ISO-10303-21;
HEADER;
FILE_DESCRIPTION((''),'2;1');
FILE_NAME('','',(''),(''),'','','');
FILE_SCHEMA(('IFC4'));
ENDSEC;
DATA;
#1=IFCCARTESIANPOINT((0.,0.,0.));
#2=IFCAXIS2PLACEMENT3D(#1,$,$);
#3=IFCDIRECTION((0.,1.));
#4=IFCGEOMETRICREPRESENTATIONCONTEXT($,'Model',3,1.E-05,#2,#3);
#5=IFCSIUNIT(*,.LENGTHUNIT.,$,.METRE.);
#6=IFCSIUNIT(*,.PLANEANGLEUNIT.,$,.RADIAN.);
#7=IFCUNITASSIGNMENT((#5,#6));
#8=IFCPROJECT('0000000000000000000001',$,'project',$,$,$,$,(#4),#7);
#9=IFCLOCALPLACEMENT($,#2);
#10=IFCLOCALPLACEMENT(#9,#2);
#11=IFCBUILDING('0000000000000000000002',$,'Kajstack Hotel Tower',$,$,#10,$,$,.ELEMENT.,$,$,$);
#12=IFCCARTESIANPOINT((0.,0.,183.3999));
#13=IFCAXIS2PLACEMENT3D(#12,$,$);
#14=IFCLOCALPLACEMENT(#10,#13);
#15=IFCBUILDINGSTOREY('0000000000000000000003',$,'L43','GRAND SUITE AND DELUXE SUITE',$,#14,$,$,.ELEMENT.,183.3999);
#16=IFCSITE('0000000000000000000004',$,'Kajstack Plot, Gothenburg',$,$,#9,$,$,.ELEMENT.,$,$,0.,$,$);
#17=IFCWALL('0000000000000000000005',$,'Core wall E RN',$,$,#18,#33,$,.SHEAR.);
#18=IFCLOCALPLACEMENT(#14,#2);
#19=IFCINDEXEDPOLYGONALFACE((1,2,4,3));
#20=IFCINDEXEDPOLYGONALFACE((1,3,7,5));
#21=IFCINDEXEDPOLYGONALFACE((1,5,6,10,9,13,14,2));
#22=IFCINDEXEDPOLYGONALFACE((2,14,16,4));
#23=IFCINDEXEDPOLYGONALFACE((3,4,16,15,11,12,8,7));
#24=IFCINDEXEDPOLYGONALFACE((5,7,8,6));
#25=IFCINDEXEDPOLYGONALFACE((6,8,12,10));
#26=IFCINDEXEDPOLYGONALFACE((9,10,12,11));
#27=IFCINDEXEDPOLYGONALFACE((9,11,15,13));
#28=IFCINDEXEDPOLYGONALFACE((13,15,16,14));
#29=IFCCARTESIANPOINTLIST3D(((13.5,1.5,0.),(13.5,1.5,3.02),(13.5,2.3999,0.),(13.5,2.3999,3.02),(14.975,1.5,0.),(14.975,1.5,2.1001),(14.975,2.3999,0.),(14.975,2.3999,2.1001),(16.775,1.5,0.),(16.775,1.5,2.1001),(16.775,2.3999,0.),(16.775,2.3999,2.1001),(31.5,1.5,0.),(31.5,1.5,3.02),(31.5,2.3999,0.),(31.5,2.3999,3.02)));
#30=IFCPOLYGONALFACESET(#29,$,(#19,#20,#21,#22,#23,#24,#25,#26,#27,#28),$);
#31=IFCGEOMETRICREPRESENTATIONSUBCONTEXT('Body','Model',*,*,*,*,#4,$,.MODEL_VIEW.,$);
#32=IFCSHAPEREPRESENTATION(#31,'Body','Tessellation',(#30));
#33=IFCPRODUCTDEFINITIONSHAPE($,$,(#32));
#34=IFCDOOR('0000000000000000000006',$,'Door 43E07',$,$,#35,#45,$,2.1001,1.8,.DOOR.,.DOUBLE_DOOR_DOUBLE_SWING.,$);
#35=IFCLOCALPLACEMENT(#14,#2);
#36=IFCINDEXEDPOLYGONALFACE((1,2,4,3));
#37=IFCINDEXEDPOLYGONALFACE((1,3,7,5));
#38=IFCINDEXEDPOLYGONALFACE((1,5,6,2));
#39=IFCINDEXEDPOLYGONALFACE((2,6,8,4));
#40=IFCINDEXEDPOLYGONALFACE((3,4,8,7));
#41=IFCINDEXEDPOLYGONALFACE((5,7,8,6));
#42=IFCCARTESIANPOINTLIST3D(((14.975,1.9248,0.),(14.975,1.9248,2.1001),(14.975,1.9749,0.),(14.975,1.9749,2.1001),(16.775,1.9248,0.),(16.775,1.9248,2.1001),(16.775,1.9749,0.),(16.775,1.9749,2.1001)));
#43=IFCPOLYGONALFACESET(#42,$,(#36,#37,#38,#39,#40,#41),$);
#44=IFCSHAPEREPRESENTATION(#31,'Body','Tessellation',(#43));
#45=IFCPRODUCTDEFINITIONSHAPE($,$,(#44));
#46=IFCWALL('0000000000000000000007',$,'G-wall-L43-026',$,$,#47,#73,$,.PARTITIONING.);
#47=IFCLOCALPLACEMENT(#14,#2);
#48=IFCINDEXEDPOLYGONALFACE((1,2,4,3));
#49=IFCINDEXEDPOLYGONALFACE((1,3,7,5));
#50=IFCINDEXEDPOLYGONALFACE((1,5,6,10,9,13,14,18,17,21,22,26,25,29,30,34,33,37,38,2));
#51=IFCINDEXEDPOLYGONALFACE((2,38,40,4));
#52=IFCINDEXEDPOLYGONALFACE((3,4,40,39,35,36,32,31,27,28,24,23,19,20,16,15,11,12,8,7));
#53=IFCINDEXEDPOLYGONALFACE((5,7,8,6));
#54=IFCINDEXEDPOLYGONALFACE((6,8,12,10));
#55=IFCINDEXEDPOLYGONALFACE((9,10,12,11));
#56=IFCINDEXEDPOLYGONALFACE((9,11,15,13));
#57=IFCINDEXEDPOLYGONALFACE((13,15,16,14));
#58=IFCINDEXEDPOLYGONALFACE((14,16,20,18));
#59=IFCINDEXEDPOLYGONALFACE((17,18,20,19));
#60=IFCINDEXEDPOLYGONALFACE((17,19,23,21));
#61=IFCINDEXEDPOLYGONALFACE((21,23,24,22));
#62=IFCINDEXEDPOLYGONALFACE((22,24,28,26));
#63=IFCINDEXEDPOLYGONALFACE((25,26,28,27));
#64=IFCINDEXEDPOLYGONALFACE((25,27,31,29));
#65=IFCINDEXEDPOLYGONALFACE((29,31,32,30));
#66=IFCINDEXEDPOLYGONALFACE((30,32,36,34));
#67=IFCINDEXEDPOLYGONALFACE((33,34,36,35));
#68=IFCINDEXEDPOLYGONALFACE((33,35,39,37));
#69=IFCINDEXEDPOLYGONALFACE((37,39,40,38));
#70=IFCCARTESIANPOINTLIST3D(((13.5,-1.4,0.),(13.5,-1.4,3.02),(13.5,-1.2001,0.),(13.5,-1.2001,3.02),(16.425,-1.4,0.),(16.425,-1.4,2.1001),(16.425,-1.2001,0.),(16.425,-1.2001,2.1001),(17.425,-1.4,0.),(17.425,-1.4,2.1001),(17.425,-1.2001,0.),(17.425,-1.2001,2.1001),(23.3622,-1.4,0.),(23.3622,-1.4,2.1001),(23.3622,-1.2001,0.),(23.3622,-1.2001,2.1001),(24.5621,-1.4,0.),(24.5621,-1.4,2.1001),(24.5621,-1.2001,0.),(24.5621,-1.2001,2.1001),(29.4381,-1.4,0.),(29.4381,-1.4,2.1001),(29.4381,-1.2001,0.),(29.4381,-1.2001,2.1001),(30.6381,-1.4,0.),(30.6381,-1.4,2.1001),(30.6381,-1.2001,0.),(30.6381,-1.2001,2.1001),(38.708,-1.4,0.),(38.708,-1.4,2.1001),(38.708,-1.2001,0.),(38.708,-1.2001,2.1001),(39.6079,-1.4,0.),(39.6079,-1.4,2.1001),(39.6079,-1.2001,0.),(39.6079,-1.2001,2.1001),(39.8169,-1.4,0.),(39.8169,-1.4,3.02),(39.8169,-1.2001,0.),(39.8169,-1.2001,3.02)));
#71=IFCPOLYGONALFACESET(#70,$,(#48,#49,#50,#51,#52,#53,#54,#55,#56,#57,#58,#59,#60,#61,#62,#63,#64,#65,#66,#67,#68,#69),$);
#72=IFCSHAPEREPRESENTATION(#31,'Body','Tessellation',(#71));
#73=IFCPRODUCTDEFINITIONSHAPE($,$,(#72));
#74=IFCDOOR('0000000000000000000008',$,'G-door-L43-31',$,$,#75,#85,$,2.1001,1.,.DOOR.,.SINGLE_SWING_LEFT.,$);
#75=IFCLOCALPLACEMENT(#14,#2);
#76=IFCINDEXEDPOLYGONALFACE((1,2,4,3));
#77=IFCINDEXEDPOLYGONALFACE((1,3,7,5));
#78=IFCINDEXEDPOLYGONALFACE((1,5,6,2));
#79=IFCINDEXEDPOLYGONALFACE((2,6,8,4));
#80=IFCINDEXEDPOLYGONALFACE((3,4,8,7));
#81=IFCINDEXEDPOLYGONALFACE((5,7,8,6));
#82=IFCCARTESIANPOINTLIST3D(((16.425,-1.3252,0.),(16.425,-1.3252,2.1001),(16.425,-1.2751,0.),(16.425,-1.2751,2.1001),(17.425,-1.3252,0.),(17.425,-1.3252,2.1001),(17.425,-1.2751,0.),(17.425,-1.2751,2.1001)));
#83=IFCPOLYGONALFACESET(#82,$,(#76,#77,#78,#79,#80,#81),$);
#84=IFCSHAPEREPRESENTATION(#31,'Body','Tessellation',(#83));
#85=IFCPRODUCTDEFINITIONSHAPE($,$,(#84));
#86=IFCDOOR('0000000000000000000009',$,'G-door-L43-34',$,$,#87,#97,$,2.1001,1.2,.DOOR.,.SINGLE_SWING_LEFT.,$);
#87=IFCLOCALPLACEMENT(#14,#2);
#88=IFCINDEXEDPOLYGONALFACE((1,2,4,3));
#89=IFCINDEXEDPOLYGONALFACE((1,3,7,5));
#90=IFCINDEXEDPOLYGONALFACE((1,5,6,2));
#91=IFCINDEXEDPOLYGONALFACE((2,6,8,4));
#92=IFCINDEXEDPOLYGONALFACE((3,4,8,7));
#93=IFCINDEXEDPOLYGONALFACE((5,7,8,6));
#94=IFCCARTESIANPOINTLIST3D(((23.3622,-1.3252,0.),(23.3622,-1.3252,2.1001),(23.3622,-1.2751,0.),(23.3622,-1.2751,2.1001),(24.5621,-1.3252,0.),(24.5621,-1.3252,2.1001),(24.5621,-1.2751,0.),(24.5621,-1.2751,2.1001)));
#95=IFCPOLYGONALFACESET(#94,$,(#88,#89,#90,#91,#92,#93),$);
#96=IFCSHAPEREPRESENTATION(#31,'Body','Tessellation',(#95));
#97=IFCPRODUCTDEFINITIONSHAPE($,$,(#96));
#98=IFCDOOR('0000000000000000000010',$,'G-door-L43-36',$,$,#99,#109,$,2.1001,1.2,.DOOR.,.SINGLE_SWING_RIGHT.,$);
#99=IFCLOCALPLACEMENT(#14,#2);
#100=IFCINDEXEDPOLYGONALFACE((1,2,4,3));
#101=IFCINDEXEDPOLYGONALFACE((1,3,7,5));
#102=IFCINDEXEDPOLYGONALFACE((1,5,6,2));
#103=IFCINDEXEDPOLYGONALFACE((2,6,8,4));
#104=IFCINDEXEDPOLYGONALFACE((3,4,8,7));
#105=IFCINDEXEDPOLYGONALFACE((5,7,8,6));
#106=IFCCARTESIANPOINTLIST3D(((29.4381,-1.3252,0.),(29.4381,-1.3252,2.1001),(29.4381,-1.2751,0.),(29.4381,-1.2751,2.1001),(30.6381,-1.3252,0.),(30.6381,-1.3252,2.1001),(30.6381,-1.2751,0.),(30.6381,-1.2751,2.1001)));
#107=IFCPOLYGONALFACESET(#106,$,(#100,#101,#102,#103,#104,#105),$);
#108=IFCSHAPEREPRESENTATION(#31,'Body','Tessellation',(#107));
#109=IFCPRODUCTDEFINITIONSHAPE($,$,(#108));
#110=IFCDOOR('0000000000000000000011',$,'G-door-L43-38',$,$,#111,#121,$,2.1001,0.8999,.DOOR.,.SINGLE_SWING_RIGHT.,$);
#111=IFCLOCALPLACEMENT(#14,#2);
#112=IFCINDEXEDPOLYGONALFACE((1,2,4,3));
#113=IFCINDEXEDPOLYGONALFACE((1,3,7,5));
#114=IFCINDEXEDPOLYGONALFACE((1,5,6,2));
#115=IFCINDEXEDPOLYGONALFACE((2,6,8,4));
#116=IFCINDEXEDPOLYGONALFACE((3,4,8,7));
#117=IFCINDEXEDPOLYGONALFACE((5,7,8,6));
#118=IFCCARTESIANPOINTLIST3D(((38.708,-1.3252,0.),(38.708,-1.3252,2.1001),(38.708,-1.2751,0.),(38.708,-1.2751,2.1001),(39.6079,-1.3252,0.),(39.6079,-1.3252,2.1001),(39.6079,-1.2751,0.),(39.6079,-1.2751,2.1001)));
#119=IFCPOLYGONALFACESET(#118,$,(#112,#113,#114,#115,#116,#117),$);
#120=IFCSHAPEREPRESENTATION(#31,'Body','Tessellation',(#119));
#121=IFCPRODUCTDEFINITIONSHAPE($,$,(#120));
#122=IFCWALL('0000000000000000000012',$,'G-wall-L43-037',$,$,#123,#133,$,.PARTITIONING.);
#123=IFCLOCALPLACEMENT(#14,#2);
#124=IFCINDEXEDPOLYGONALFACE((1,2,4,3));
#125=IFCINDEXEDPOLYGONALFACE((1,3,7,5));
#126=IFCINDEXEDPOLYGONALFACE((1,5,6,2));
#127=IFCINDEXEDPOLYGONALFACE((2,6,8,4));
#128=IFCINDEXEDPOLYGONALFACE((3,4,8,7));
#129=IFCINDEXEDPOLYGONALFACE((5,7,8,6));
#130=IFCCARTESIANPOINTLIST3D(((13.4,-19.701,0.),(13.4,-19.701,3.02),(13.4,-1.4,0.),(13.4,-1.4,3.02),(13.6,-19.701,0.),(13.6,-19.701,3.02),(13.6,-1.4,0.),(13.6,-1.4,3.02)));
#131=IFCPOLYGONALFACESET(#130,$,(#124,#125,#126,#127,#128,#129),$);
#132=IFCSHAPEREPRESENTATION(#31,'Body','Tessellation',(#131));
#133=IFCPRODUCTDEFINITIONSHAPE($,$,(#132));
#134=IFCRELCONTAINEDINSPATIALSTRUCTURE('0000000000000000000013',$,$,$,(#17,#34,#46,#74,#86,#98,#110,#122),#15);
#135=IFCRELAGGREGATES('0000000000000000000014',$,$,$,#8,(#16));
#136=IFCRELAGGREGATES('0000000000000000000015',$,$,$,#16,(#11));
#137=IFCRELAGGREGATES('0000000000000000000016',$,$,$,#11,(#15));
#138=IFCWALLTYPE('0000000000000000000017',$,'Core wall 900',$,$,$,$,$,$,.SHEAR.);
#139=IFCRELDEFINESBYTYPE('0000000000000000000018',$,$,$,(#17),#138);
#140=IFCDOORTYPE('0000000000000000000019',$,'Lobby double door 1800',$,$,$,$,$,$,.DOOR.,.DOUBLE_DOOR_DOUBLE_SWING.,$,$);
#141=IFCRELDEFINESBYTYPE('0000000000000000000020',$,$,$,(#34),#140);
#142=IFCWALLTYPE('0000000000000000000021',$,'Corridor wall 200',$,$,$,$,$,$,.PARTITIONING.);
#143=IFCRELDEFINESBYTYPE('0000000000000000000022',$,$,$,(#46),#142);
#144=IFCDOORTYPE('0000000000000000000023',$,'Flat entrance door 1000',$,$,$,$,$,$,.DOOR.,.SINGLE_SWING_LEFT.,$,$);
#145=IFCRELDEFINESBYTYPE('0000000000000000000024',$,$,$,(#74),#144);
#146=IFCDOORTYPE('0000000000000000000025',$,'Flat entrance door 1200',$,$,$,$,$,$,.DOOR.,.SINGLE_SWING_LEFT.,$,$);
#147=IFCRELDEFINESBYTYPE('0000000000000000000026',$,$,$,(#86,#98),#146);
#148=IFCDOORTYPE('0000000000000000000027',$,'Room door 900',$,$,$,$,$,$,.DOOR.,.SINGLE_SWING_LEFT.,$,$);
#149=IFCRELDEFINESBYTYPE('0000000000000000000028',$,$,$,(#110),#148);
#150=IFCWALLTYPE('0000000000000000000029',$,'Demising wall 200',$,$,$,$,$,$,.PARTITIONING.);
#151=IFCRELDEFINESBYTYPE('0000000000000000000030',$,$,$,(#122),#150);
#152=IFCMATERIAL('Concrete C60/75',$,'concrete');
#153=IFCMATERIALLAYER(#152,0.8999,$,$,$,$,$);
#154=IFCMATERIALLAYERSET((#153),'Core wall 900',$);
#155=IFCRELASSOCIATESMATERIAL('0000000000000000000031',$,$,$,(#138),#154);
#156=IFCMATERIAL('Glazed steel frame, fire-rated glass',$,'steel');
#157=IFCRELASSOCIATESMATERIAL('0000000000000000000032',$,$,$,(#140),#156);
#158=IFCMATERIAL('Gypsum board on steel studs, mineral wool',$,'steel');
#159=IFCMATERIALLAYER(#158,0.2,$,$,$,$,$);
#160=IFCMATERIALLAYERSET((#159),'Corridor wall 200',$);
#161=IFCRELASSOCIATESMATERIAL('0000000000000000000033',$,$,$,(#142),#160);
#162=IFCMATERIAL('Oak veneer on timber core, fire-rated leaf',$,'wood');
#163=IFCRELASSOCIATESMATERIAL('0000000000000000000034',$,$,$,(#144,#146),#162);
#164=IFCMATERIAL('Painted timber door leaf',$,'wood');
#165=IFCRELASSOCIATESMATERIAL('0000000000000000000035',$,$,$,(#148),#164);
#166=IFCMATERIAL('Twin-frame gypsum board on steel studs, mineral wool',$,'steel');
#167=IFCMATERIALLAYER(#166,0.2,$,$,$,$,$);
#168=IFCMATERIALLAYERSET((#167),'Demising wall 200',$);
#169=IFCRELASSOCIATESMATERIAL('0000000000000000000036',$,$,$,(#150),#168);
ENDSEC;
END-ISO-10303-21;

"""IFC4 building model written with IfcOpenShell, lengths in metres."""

from ifc_helpers import new_model, si_unit, direction, frame, frame_2d, origin, place, context, subcontext, project, spatial, rectangle, extrude, material, layer, layer_set, type_object, element, fill, save


model = new_model("IFC4")

# Units and contexts
model_context = context("Model", 3, precision=1e-05, world=origin(), true_north=direction((0.0, 1.0)))
body_context = subcontext(model_context, "Body", "Model", "MODEL_VIEW")
ifc_project = project(units=[si_unit("LENGTHUNIT", "METRE"), si_unit("PLANEANGLEUNIT", "RADIAN")], contexts=[model_context])

# Site, building, storey
site_placement = place(None, origin())
site = spatial("IfcSite", under=ifc_project, at=site_placement, Name="Kajstack Plot, Gothenburg", CompositionType="ELEMENT", RefElevation=0.0)
building_placement = place(site_placement, origin())
building = spatial("IfcBuilding", under=site, at=building_placement, Name="Kajstack Hotel Tower", CompositionType="ELEMENT")
storey_placement = place(building_placement, frame((0.0, 0.0, 183.3999)))
storey = spatial("IfcBuildingStorey", under=building, at=storey_placement, Name="L43", Description="GRAND SUITE AND DELUXE SUITE", CompositionType="ELEMENT", Elevation=183.3999)

# Wall, opening, door
ifc_material_1 = material(Name="Concrete C60/75", Category="concrete")
ifc_layer_1 = layer(ifc_material_1, 0.8999)
ifc_layer_set_1 = layer_set([ifc_layer_1], Name="Core wall 900")
wall_type_1 = type_object("IfcWallType", Name="Core wall 900", PredefinedType="SHEAR", material=ifc_layer_set_1)
wall_1_placement = place(storey_placement, frame((13.5, 1.95, 0.0), z_axis=(0.0, 0.0, 1.0), x_axis=(1.0, 0.0, 0.0)))
wall_1 = element("IfcWall", 1, at=wall_1_placement, inside=storey, type_object=wall_type_1, Name="Core wall E RN", PredefinedType="SHEAR", context=body_context, shape_type="SweptSolid", body=[
    extrude(rectangle(XDim=18.0, YDim=0.8999, at=frame_2d((9.0, 0.0))), origin(), (0.0, 0.0, 1.0), 3.02),
])
opening_1_placement = place(wall_1_placement, frame((1.4751, 0.0, 0.0)))
opening_1 = element("IfcOpeningElement", 2, at=opening_1_placement, cuts=wall_1, PredefinedType="OPENING", context=body_context, shape_type="SweptSolid", body=[
    extrude(rectangle(XDim=1.8, YDim=2.1001, at=frame_2d((0.8999, 1.05))), frame((0.0, 0.46, 0.0), z_axis=(0.0, -1.0, 0.0), x_axis=(1.0, 0.0, 0.0)), (0.0, 0.0, 1.0), 0.9199),
])
ifc_material_2 = material(Name="Glazed steel frame, fire-rated glass", Category="steel")
door_type_1 = type_object("IfcDoorType", Name="Lobby double door 1800", OperationType="DOUBLE_DOOR_DOUBLE_SWING", PredefinedType="DOOR", material=ifc_material_2)
door_1_placement = place(opening_1_placement, origin())
door_1 = element("IfcDoor", 3, at=door_1_placement, inside=storey, type_object=door_type_1, Name="Door 43E07", OperationType="DOUBLE_DOOR_DOUBLE_SWING", OverallHeight=2.1001, OverallWidth=1.8, PredefinedType="DOOR", context=body_context, shape_type="SweptSolid", body=[
    extrude(rectangle(XDim=1.8, YDim=2.1001, at=frame_2d((0.8999, 1.05))), frame((0.0, 0.0249, 0.0), z_axis=(0.0, -1.0, 0.0), x_axis=(1.0, 0.0, 0.0)), (0.0, 0.0, 1.0), 0.05),
])
fill(opening_1, door_1)

# Wall, openings, doors
ifc_material_3 = material(Name="Gypsum board on steel studs, mineral wool", Category="steel")
ifc_layer_2 = layer(ifc_material_3, 0.2)
ifc_layer_set_2 = layer_set([ifc_layer_2], Name="Corridor wall 200")
wall_type_2 = type_object("IfcWallType", Name="Corridor wall 200", PredefinedType="PARTITIONING", material=ifc_layer_set_2)
wall_2_placement = place(storey_placement, frame((13.5, -1.3, 0.0), z_axis=(0.0, 0.0, 1.0), x_axis=(1.0, 0.0, 0.0)))
wall_2 = element("IfcWall", 4, at=wall_2_placement, inside=storey, type_object=wall_type_2, Name="G-wall-L43-026", PredefinedType="PARTITIONING", context=body_context, shape_type="SweptSolid", body=[
    extrude(rectangle(XDim=26.3169, YDim=0.2, at=frame_2d((13.1584, 0.0))), origin(), (0.0, 0.0, 1.0), 3.02),
])
opening_2_placement = place(wall_2_placement, frame((2.925, 0.0, 0.0)))
opening_2 = element("IfcOpeningElement", 5, at=opening_2_placement, cuts=wall_2, PredefinedType="OPENING", context=body_context, shape_type="SweptSolid", body=[
    extrude(rectangle(XDim=1.0, YDim=2.1001, at=frame_2d((0.5, 1.05))), frame((0.0, 0.1099, 0.0), z_axis=(0.0, -1.0, 0.0), x_axis=(1.0, 0.0, 0.0)), (0.0, 0.0, 1.0), 0.22),
])
opening_3_placement = place(wall_2_placement, frame((9.8621, 0.0, 0.0)))
opening_3 = element("IfcOpeningElement", 6, at=opening_3_placement, cuts=wall_2, PredefinedType="OPENING", context=body_context, shape_type="SweptSolid", body=[
    extrude(rectangle(XDim=1.2, YDim=2.1001, at=frame_2d((0.6001, 1.05))), frame((0.0, 0.1099, 0.0), z_axis=(0.0, -1.0, 0.0), x_axis=(1.0, 0.0, 0.0)), (0.0, 0.0, 1.0), 0.22),
])
opening_4_placement = place(wall_2_placement, frame((15.938, 0.0, 0.0)))
opening_4 = element("IfcOpeningElement", 7, at=opening_4_placement, cuts=wall_2, PredefinedType="OPENING", context=body_context, shape_type="SweptSolid", body=[
    extrude(rectangle(XDim=1.2, YDim=2.1001, at=frame_2d((0.6001, 1.05))), frame((0.0, 0.1099, 0.0), z_axis=(0.0, -1.0, 0.0), x_axis=(1.0, 0.0, 0.0)), (0.0, 0.0, 1.0), 0.22),
])
opening_5_placement = place(wall_2_placement, frame((25.208, 0.0, 0.0)))
opening_5 = element("IfcOpeningElement", 8, at=opening_5_placement, cuts=wall_2, PredefinedType="OPENING", context=body_context, shape_type="SweptSolid", body=[
    extrude(rectangle(XDim=0.8999, YDim=2.1001, at=frame_2d((0.45, 1.05))), frame((0.0, 0.1099, 0.0), z_axis=(0.0, -1.0, 0.0), x_axis=(1.0, 0.0, 0.0)), (0.0, 0.0, 1.0), 0.22),
])
ifc_material_4 = material(Name="Oak veneer on timber core, fire-rated leaf", Category="wood")
door_type_2 = type_object("IfcDoorType", Name="Flat entrance door 1000", OperationType="SINGLE_SWING_LEFT", PredefinedType="DOOR", material=ifc_material_4)
door_2_placement = place(opening_2_placement, origin())
door_2 = element("IfcDoor", 9, at=door_2_placement, inside=storey, type_object=door_type_2, Name="G-door-L43-31", OperationType="SINGLE_SWING_LEFT", OverallHeight=2.1001, OverallWidth=1.0, PredefinedType="DOOR", context=body_context, shape_type="SweptSolid", body=[
    extrude(rectangle(XDim=1.0, YDim=2.1001, at=frame_2d((0.5, 1.05))), frame((0.0, 0.0249, 0.0), z_axis=(0.0, -1.0, 0.0), x_axis=(1.0, 0.0, 0.0)), (0.0, 0.0, 1.0), 0.05),
])
fill(opening_2, door_2)
door_type_3 = type_object("IfcDoorType", Name="Flat entrance door 1200", OperationType="SINGLE_SWING_LEFT", PredefinedType="DOOR", material=ifc_material_4)
door_3_placement = place(opening_3_placement, origin())
door_3 = element("IfcDoor", 10, at=door_3_placement, inside=storey, type_object=door_type_3, Name="G-door-L43-34", OperationType="SINGLE_SWING_LEFT", OverallHeight=2.1001, OverallWidth=1.2, PredefinedType="DOOR", context=body_context, shape_type="SweptSolid", body=[
    extrude(rectangle(XDim=1.2, YDim=2.1001, at=frame_2d((0.6001, 1.05))), frame((0.0, 0.0249, 0.0), z_axis=(0.0, -1.0, 0.0), x_axis=(1.0, 0.0, 0.0)), (0.0, 0.0, 1.0), 0.05),
])
fill(opening_3, door_3)
door_4_placement = place(opening_4_placement, origin())
door_4 = element("IfcDoor", 11, at=door_4_placement, inside=storey, type_object=door_type_3, Name="G-door-L43-36", OperationType="SINGLE_SWING_RIGHT", OverallHeight=2.1001, OverallWidth=1.2, PredefinedType="DOOR", context=body_context, shape_type="SweptSolid", body=[
    extrude(rectangle(XDim=1.2, YDim=2.1001, at=frame_2d((0.6001, 1.05))), frame((0.0, 0.0249, 0.0), z_axis=(0.0, -1.0, 0.0), x_axis=(1.0, 0.0, 0.0)), (0.0, 0.0, 1.0), 0.05),
])
fill(opening_4, door_4)
ifc_material_5 = material(Name="Painted timber door leaf", Category="wood")
door_type_4 = type_object("IfcDoorType", Name="Room door 900", OperationType="SINGLE_SWING_LEFT", PredefinedType="DOOR", material=ifc_material_5)
door_5_placement = place(opening_5_placement, origin())
door_5 = element("IfcDoor", 12, at=door_5_placement, inside=storey, type_object=door_type_4, Name="G-door-L43-38", OperationType="SINGLE_SWING_RIGHT", OverallHeight=2.1001, OverallWidth=0.8999, PredefinedType="DOOR", context=body_context, shape_type="SweptSolid", body=[
    extrude(rectangle(XDim=0.8999, YDim=2.1001, at=frame_2d((0.45, 1.05))), frame((0.0, 0.0249, 0.0), z_axis=(0.0, -1.0, 0.0), x_axis=(1.0, 0.0, 0.0)), (0.0, 0.0, 1.0), 0.05),
])
fill(opening_5, door_5)

# Wall
ifc_material_6 = material(Name="Twin-frame gypsum board on steel studs, mineral wool", Category="steel")
ifc_layer_3 = layer(ifc_material_6, 0.2)
ifc_layer_set_3 = layer_set([ifc_layer_3], Name="Demising wall 200")
wall_type_3 = type_object("IfcWallType", Name="Demising wall 200", PredefinedType="PARTITIONING", material=ifc_layer_set_3)
wall_3_placement = place(storey_placement, frame((13.5, -19.7009, 0.0), z_axis=(0.0, 0.0, 1.0), x_axis=(0.0, 1.0, 0.0)))
element("IfcWall", 13, at=wall_3_placement, inside=storey, type_object=wall_type_3, Name="G-wall-L43-037", PredefinedType="PARTITIONING", context=body_context, shape_type="SweptSolid", body=[
    extrude(rectangle(XDim=18.301, YDim=0.2, at=frame_2d((9.1504, 0.0))), origin(), (0.0, 0.0, 1.0), 3.02),
])

save(model, "model.ifc")
